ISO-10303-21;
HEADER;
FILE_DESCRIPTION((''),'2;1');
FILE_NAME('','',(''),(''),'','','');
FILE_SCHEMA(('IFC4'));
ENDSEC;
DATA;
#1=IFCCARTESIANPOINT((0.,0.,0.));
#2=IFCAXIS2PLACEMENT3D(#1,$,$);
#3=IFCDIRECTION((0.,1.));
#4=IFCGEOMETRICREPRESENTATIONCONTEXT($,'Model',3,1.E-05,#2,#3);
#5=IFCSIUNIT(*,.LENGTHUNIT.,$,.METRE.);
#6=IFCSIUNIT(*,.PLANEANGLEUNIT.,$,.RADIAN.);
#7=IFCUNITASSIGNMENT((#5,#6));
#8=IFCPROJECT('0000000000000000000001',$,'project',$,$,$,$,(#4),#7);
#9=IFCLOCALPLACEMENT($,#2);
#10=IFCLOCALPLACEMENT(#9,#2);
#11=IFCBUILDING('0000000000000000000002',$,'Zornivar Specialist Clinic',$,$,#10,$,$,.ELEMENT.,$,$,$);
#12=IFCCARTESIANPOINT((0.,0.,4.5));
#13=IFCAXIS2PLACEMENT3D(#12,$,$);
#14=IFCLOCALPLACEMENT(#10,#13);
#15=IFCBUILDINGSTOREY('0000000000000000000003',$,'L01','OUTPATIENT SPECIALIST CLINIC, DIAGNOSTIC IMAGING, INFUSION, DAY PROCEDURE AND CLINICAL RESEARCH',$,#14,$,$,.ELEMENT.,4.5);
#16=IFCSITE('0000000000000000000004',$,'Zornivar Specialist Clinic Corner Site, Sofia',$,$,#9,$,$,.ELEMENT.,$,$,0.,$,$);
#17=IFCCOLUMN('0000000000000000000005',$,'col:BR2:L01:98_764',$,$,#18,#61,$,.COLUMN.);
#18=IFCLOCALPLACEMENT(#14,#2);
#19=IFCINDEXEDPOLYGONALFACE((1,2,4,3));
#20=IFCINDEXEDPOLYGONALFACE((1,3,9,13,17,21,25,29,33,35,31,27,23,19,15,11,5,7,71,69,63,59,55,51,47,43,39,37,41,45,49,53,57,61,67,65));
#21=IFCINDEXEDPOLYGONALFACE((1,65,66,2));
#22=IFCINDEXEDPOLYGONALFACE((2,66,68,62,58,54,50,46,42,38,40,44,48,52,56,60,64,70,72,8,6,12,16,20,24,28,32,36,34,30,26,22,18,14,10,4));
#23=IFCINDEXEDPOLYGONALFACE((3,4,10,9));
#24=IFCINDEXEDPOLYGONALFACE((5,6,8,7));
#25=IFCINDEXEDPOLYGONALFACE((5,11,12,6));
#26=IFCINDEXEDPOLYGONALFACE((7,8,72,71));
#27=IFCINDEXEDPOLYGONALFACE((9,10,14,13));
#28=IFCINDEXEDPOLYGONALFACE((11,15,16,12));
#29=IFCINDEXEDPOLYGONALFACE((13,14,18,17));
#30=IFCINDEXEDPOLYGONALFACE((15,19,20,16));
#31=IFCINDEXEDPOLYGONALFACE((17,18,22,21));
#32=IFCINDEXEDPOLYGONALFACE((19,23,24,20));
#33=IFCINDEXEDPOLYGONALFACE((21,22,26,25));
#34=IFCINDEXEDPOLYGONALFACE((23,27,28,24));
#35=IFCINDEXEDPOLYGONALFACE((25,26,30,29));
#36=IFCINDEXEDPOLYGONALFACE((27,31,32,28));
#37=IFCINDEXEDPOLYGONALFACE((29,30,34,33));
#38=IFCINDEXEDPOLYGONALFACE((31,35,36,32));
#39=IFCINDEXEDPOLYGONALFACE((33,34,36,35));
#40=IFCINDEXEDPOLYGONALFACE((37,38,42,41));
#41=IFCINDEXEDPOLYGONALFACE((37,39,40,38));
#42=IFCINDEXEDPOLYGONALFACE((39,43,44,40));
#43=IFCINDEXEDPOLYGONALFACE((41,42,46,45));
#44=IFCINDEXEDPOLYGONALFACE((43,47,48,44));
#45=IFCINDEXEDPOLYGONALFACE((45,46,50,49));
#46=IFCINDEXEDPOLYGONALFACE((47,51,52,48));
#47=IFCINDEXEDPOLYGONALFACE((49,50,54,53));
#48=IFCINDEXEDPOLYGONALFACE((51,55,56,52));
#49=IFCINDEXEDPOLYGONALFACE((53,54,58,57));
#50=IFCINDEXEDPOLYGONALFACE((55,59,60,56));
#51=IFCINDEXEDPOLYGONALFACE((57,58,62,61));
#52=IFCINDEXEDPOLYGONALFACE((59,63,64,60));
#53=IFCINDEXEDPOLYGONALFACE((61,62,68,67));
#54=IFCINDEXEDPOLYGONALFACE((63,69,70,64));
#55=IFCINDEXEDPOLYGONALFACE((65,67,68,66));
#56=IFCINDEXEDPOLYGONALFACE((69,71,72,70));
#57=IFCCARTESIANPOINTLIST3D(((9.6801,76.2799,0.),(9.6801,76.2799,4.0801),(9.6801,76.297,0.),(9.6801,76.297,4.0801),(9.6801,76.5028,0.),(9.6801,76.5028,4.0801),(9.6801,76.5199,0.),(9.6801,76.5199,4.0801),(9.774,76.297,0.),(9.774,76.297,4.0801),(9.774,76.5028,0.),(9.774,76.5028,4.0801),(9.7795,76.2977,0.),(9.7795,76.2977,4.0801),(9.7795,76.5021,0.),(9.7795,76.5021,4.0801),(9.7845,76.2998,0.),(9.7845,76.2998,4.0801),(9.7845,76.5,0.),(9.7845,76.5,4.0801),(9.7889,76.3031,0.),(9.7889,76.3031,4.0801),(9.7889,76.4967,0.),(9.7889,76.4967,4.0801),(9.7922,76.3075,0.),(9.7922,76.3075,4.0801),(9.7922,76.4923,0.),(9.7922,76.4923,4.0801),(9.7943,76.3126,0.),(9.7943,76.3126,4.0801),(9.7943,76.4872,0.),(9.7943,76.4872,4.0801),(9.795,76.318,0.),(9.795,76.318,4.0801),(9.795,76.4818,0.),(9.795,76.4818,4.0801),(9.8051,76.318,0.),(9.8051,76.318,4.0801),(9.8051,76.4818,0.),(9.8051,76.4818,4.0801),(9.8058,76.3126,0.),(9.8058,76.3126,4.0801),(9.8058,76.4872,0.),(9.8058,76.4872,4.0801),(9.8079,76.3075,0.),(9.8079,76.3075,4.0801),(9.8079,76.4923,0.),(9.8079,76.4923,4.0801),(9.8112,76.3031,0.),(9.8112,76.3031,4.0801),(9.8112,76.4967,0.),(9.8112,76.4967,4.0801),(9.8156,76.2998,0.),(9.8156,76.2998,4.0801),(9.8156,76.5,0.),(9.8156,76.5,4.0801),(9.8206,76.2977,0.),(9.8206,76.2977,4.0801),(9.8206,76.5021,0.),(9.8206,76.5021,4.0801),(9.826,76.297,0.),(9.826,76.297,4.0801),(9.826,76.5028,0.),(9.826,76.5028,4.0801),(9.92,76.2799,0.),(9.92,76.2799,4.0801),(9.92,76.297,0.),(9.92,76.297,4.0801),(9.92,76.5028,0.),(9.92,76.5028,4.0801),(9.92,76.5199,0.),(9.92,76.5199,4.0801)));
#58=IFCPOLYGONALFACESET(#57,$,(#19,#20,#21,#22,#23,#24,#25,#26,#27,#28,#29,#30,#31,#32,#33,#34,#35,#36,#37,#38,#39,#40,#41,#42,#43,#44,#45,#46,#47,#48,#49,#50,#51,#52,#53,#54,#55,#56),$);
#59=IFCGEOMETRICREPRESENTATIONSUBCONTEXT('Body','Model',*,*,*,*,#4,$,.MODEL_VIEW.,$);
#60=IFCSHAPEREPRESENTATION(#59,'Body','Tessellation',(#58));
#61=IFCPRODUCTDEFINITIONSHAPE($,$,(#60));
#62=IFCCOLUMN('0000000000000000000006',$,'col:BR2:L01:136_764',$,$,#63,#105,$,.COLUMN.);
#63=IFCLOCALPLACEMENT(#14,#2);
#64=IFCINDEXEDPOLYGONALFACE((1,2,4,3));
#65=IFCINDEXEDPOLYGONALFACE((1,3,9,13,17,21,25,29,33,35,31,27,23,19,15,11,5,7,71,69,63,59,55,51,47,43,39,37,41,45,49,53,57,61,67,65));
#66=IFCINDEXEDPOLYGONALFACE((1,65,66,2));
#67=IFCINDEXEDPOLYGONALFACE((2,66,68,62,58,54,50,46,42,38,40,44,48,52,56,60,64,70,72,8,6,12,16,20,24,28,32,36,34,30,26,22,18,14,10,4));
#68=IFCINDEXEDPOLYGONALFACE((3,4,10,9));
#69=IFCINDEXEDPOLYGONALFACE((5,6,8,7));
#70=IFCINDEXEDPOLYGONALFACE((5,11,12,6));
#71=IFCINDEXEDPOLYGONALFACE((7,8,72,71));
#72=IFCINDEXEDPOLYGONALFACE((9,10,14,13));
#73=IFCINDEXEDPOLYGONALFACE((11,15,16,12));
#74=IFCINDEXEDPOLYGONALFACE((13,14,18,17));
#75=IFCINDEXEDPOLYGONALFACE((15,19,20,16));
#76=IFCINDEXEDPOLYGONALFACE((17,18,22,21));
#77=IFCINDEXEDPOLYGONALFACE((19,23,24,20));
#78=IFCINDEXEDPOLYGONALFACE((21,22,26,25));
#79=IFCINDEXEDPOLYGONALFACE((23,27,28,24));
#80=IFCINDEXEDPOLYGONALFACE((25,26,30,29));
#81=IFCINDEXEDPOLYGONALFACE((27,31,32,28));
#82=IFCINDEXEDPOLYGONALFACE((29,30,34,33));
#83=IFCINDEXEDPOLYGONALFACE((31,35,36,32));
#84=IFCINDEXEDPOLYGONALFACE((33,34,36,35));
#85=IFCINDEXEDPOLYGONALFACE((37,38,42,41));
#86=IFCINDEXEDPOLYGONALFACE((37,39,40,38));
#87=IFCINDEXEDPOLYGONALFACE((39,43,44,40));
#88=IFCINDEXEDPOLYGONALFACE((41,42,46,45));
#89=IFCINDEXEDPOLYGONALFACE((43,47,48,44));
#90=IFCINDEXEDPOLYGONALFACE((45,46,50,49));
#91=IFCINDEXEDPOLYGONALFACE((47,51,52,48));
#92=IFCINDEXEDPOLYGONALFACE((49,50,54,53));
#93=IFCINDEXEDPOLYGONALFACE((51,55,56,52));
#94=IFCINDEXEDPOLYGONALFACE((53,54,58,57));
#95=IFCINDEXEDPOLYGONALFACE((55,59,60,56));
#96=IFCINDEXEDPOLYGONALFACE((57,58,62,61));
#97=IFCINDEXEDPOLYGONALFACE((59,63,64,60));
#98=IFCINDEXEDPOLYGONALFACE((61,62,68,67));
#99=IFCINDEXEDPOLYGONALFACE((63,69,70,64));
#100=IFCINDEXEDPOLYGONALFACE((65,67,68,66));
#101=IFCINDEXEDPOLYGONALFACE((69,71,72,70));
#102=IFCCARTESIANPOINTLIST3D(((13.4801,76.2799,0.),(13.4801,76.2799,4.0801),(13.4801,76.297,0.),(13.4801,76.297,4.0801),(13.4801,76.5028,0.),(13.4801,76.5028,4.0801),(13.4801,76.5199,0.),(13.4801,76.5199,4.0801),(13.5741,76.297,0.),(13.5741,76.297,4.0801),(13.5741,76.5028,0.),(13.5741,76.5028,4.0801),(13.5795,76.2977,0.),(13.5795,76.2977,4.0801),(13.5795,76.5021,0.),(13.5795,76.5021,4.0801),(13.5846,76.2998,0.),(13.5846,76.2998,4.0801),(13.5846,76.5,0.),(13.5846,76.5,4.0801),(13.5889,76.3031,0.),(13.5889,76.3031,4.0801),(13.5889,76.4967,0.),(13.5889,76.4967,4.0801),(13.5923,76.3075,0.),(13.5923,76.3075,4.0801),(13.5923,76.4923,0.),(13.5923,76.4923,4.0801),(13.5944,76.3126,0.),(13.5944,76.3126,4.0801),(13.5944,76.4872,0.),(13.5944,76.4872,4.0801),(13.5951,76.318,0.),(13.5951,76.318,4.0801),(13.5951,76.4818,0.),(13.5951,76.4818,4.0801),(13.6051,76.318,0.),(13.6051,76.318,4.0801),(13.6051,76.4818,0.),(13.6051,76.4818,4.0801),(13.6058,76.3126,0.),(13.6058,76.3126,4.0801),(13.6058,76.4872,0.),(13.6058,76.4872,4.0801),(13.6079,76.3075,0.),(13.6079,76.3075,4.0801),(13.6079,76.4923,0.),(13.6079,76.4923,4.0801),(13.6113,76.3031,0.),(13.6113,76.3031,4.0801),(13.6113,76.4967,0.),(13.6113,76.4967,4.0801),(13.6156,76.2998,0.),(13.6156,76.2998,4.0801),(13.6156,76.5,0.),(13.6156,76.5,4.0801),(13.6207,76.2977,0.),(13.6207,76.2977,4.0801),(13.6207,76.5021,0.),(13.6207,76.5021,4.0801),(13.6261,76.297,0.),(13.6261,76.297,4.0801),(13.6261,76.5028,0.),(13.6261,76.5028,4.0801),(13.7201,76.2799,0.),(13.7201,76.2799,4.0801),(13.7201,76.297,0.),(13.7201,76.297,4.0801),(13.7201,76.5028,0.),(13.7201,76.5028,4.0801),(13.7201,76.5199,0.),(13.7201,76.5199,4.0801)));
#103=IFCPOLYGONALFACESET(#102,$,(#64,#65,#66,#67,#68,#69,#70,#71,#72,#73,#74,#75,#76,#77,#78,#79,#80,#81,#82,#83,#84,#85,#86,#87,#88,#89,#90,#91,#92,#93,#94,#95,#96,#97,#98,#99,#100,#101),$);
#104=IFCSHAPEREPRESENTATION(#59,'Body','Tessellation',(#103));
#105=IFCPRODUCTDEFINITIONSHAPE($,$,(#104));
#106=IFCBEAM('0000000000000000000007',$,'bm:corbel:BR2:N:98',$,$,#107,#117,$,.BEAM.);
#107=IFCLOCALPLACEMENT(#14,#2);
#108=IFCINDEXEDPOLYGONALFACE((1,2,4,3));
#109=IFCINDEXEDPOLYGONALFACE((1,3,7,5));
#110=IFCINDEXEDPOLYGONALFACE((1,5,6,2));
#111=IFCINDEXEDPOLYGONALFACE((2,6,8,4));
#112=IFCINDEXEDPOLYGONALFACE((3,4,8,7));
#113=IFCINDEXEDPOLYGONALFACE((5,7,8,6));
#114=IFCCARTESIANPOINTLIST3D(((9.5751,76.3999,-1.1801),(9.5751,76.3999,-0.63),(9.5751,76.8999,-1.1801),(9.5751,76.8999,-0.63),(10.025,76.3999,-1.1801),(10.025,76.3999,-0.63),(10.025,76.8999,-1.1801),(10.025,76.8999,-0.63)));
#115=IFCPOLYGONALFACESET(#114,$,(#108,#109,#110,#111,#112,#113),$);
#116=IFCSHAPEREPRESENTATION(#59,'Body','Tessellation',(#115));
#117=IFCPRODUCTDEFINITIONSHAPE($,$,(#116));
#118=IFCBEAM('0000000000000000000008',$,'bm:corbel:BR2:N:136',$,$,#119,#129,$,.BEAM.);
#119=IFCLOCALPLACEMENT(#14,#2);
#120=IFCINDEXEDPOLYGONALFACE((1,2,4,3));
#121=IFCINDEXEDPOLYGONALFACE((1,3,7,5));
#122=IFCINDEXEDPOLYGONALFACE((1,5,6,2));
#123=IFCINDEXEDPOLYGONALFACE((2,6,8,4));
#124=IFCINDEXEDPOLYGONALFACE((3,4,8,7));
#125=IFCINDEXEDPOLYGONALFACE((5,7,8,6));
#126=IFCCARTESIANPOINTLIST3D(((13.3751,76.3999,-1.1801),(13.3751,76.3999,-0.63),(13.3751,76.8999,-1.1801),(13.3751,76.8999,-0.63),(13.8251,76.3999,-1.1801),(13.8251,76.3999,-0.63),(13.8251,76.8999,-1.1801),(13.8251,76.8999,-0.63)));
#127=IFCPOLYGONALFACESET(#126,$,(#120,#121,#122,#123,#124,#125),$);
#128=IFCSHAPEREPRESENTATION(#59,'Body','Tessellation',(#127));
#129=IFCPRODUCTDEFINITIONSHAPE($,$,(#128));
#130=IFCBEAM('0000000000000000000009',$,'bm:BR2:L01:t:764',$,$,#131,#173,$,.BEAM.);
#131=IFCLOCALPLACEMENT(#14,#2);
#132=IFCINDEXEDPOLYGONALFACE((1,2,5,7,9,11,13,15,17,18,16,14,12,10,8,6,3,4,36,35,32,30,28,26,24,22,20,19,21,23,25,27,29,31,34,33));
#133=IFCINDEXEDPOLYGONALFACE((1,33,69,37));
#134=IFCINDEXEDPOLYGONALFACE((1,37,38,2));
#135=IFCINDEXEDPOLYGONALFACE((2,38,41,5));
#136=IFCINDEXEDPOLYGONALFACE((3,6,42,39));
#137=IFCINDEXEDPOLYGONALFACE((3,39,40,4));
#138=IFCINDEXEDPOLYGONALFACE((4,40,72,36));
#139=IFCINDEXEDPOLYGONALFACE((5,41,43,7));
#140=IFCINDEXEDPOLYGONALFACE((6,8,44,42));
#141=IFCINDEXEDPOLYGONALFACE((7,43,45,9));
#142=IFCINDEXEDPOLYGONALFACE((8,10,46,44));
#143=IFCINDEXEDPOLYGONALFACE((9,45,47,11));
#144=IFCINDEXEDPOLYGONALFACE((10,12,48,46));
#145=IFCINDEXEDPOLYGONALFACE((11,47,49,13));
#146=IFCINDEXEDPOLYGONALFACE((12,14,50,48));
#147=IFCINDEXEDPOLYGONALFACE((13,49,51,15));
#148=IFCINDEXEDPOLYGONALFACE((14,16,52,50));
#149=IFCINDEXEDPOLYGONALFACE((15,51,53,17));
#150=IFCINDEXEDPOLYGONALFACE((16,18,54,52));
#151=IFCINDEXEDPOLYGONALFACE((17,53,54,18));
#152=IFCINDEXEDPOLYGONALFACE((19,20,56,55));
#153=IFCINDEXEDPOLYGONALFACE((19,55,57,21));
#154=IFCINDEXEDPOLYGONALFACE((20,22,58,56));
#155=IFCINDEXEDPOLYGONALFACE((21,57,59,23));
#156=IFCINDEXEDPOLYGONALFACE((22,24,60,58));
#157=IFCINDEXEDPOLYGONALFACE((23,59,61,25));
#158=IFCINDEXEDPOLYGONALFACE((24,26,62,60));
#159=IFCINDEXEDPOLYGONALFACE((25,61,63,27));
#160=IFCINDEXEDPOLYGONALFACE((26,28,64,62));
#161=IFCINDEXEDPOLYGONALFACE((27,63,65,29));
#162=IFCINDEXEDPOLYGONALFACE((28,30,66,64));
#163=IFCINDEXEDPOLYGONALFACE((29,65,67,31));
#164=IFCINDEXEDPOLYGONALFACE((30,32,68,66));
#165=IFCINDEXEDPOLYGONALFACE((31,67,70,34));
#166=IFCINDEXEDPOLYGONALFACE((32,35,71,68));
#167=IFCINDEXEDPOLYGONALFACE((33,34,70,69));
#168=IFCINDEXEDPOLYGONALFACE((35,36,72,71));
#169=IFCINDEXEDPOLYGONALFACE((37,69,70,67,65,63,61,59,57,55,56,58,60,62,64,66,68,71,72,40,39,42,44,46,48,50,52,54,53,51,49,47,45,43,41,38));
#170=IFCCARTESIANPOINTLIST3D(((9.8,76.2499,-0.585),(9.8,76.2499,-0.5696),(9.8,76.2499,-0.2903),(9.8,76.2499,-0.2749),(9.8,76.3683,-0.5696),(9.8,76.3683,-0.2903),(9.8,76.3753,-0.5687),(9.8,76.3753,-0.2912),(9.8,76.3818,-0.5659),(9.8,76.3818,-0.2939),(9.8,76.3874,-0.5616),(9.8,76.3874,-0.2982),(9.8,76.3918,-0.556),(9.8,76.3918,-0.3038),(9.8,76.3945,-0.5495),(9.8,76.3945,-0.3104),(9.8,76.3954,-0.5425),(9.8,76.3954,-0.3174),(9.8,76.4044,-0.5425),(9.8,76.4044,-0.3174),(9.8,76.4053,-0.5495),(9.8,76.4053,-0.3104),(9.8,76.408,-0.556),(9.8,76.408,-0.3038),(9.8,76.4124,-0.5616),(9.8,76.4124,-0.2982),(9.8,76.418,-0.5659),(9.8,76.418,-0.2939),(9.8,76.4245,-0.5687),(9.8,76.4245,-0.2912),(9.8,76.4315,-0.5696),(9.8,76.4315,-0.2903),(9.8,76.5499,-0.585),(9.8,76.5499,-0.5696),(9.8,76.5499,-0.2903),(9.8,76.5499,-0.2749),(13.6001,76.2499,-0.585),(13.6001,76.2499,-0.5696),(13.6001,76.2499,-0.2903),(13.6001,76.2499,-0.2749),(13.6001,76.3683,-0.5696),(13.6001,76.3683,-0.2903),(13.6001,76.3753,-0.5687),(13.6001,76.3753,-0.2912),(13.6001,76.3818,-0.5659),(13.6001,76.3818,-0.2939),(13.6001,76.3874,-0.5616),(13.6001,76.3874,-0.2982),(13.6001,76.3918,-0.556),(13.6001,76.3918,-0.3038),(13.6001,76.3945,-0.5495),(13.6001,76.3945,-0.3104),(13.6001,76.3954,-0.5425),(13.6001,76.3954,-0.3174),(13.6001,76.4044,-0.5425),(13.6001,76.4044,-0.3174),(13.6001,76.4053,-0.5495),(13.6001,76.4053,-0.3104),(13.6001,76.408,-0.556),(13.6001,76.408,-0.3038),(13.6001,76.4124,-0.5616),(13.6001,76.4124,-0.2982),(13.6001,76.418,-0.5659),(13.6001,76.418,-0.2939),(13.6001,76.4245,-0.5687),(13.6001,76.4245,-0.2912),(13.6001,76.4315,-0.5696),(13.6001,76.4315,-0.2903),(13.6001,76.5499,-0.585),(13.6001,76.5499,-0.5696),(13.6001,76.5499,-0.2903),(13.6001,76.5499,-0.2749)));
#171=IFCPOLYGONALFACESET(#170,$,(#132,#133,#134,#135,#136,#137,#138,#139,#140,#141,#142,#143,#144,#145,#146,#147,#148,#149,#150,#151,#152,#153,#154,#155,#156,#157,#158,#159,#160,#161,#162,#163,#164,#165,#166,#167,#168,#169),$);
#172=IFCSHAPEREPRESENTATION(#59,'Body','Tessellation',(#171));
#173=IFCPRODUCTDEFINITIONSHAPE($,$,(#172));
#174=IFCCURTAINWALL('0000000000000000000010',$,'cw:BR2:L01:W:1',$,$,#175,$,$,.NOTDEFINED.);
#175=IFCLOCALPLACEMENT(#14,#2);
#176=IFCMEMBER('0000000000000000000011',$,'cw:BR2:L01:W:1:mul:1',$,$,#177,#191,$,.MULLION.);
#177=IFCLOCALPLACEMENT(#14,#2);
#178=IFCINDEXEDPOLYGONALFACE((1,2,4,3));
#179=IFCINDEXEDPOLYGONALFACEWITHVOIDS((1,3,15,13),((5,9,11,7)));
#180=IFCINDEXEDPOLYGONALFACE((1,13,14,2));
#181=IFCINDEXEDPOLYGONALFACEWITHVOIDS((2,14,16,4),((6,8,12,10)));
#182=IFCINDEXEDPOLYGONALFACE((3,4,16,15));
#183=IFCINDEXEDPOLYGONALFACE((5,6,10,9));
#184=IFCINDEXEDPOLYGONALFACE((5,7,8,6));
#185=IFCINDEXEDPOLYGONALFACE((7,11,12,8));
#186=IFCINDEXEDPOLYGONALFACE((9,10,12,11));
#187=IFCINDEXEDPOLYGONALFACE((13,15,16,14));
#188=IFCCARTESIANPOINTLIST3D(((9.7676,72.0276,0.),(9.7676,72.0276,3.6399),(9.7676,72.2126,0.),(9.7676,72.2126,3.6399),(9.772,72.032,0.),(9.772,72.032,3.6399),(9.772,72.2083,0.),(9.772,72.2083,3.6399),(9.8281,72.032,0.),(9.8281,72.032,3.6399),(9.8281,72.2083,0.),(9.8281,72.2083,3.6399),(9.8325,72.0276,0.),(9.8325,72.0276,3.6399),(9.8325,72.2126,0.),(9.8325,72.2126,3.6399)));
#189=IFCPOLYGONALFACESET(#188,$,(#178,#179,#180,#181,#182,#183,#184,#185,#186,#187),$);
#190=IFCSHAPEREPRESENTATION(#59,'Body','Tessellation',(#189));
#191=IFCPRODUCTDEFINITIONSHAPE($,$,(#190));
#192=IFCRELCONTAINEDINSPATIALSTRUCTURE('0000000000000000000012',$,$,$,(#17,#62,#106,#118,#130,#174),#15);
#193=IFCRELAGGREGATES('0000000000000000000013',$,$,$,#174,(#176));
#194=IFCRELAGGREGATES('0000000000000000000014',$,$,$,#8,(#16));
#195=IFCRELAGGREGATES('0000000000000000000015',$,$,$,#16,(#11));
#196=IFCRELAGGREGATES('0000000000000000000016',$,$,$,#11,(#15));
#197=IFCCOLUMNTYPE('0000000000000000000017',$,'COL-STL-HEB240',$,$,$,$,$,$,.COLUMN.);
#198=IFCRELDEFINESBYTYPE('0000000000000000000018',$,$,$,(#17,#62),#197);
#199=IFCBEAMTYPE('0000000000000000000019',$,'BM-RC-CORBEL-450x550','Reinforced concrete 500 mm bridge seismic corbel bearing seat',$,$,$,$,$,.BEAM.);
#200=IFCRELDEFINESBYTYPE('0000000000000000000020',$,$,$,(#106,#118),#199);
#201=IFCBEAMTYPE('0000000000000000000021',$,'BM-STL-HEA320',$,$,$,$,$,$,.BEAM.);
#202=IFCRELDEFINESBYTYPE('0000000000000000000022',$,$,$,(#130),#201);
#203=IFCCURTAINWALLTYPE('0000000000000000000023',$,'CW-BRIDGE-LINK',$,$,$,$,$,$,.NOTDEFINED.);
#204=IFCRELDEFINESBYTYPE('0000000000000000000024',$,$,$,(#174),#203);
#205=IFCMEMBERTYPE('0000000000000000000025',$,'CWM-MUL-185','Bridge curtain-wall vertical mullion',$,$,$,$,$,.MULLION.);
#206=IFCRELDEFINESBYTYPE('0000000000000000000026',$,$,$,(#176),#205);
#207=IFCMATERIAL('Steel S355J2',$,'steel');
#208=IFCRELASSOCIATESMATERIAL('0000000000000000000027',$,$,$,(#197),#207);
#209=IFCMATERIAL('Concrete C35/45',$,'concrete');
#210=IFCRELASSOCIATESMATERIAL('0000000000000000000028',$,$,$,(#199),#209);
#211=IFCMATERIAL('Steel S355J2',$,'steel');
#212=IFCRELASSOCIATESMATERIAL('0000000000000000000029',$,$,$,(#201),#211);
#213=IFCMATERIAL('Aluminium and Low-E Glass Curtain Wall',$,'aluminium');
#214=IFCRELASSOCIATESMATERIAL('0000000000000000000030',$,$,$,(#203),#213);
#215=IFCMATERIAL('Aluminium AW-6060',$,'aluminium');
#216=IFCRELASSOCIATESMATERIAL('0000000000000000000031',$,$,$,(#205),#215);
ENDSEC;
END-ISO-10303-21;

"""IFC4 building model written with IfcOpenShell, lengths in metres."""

from ifc_helpers import new_model, si_unit, direction, frame, origin, origin_2d, place, context, subcontext, project, spatial, rectangle, hollow_rectangle, i_section, extrude, material, material_profile, profile_set, type_object, element, aggregate, save


model = new_model("IFC4")

# Units and contexts
model_context = context("Model", 3, precision=1e-05, world=origin(), true_north=direction((0.0, 1.0)))
body_context = subcontext(model_context, "Body", "Model", "MODEL_VIEW")
ifc_project = project(units=[si_unit("LENGTHUNIT", "METRE"), si_unit("PLANEANGLEUNIT", "RADIAN")], contexts=[model_context])

# Site, building, storey
site_placement = place(None, origin())
site = spatial("IfcSite", under=ifc_project, at=site_placement, Name="Zornivar Specialist Clinic Corner Site, Sofia", CompositionType="ELEMENT", RefElevation=0.0)
building_placement = place(site_placement, origin())
building = spatial("IfcBuilding", under=site, at=building_placement, Name="Zornivar Specialist Clinic", CompositionType="ELEMENT")
storey_placement = place(building_placement, frame((0.0, 0.0, 4.5)))
storey = spatial("IfcBuildingStorey", under=building, at=storey_placement, Name="L01", Description="OUTPATIENT SPECIALIST CLINIC, DIAGNOSTIC IMAGING, INFUSION, DAY PROCEDURE AND CLINICAL RESEARCH", CompositionType="ELEMENT", Elevation=4.5)

# Columns
ifc_material_1 = material(Name="Steel S355J2", Category="steel")
ifc_material_profile_1 = material_profile(ifc_material_1, i_section(OverallWidth=0.24, OverallDepth=0.24, WebThickness=0.01, FlangeThickness=0.0171, FilletRadius=0.021, at=origin_2d()), Name="HEB 240")
ifc_profile_set_1 = profile_set([ifc_material_profile_1], Name="Steel S355J2")
column_type = type_object("IfcColumnType", Name="COL-STL-HEB240", PredefinedType="COLUMN", material=ifc_profile_set_1)
for number, where, z_axis, x_axis, name in (
    (1, (9.8, 76.3999, 0.0), (0.0, 0.0, 1.0), (1.0, 0.0, 0.0), "col:BR2:L01:98_764"),
    (2, (13.6001, 76.3999, 0.0), (0.0, 0.0, 1.0), (1.0, 0.0, 0.0), "col:BR2:L01:136_764"),
):
    element("IfcColumn", number, at=place(storey_placement, frame(where, z_axis=z_axis, x_axis=x_axis)), inside=storey, type_object=column_type, Name=name, PredefinedType="COLUMN", context=body_context, shape_type="SweptSolid", body=[
        extrude(i_section(OverallWidth=0.24, OverallDepth=0.24, WebThickness=0.01, FlangeThickness=0.0171, FilletRadius=0.021, at=origin_2d()), origin(), (0.0, 0.0, 1.0), 4.0801),
    ])

# Beams
ifc_material_2 = material(Name="Concrete C35/45", Category="concrete")
ifc_material_profile_2 = material_profile(ifc_material_2, rectangle(XDim=0.45, YDim=0.55, at=origin_2d()), Name="RC 450x550")
ifc_profile_set_2 = profile_set([ifc_material_profile_2], Name="Concrete C35/45")
beam_type_1 = type_object("IfcBeamType", Name="BM-RC-CORBEL-450x550", Description="Reinforced concrete 500 mm bridge seismic corbel bearing seat", PredefinedType="BEAM", material=ifc_profile_set_2)
for number, where, z_axis, x_axis, name in (
    (3, (9.8, 76.3999, -0.905), (0.0, 1.0, 0.0), (-1.0, 0.0, 0.0), "bm:corbel:BR2:N:98"),
    (4, (13.6001, 76.3999, -0.905), (0.0, 1.0, 0.0), (-1.0, 0.0, 0.0), "bm:corbel:BR2:N:136"),
):
    element("IfcBeam", number, at=place(storey_placement, frame(where, z_axis=z_axis, x_axis=x_axis)), inside=storey, type_object=beam_type_1, Name=name, PredefinedType="BEAM", context=body_context, shape_type="SweptSolid", body=[
        extrude(rectangle(XDim=0.45, YDim=0.55, at=origin_2d()), origin(), (0.0, 0.0, 1.0), 0.5),
    ])
ifc_material_3 = material(Name="Steel S355J2", Category="steel")
ifc_material_profile_3 = material_profile(ifc_material_3, i_section(OverallWidth=0.3, OverallDepth=0.3101, WebThickness=0.009, FlangeThickness=0.0154, FilletRadius=0.0271, at=origin_2d()), Name="HEA 320")
ifc_profile_set_3 = profile_set([ifc_material_profile_3], Name="Steel S355J2")
beam_type_2 = type_object("IfcBeamType", Name="BM-STL-HEA320", PredefinedType="BEAM", material=ifc_profile_set_3)
beam_placement = place(storey_placement, frame((9.8, 76.3999, -0.4299), z_axis=(1.0, 0.0, 0.0), x_axis=(0.0, 1.0, 0.0)))
element("IfcBeam", 5, at=beam_placement, inside=storey, type_object=beam_type_2, Name="bm:BR2:L01:t:764", PredefinedType="BEAM", context=body_context, shape_type="SweptSolid", body=[
    extrude(i_section(OverallWidth=0.3, OverallDepth=0.3101, WebThickness=0.009, FlangeThickness=0.0154, FilletRadius=0.0271, at=origin_2d()), origin(), (0.0, 0.0, 1.0), 3.8),
])

# Curtain wall, member
ifc_material_4 = material(Name="Aluminium and Low-E Glass Curtain Wall", Category="aluminium")
curtain_wall_type = type_object("IfcCurtainWallType", Name="CW-BRIDGE-LINK", PredefinedType="NOTDEFINED", material=ifc_material_4)
curtain_wall_1_placement = place(storey_placement, origin())
curtain_wall_1 = element("IfcCurtainWall", 6, at=curtain_wall_1_placement, inside=storey, type_object=curtain_wall_type, Name="cw:BR2:L01:W:1", PredefinedType="NOTDEFINED")
ifc_material_5 = material(Name="Aluminium AW-6060", Category="aluminium")
ifc_material_profile_4 = material_profile(ifc_material_5, hollow_rectangle(XDim=0.0649, YDim=0.1851, WallThickness=0.0044, at=origin_2d()), Name="ALU 65x185x4.5")
ifc_profile_set_4 = profile_set([ifc_material_profile_4], Name="Aluminium AW-6060")
member_type_1 = type_object("IfcMemberType", Name="CWM-MUL-185", Description="Bridge curtain-wall vertical mullion", PredefinedType="MULLION", material=ifc_profile_set_4)
member_1_placement = place(storey_placement, frame((9.8, 72.1201, 0.0), z_axis=(0.0, 0.0, 1.0), x_axis=(1.0, 0.0, 0.0)))
member_1 = element("IfcMember", 7, at=member_1_placement, type_object=member_type_1, Name="cw:BR2:L01:W:1:mul:1", PredefinedType="MULLION", context=body_context, shape_type="SweptSolid", body=[
    extrude(hollow_rectangle(XDim=0.0649, YDim=0.1851, WallThickness=0.0044, at=origin_2d()), origin(), (0.0, 0.0, 1.0), 3.6399),
])

aggregate(curtain_wall_1, [member_1])

save(model, "model.ifc")
